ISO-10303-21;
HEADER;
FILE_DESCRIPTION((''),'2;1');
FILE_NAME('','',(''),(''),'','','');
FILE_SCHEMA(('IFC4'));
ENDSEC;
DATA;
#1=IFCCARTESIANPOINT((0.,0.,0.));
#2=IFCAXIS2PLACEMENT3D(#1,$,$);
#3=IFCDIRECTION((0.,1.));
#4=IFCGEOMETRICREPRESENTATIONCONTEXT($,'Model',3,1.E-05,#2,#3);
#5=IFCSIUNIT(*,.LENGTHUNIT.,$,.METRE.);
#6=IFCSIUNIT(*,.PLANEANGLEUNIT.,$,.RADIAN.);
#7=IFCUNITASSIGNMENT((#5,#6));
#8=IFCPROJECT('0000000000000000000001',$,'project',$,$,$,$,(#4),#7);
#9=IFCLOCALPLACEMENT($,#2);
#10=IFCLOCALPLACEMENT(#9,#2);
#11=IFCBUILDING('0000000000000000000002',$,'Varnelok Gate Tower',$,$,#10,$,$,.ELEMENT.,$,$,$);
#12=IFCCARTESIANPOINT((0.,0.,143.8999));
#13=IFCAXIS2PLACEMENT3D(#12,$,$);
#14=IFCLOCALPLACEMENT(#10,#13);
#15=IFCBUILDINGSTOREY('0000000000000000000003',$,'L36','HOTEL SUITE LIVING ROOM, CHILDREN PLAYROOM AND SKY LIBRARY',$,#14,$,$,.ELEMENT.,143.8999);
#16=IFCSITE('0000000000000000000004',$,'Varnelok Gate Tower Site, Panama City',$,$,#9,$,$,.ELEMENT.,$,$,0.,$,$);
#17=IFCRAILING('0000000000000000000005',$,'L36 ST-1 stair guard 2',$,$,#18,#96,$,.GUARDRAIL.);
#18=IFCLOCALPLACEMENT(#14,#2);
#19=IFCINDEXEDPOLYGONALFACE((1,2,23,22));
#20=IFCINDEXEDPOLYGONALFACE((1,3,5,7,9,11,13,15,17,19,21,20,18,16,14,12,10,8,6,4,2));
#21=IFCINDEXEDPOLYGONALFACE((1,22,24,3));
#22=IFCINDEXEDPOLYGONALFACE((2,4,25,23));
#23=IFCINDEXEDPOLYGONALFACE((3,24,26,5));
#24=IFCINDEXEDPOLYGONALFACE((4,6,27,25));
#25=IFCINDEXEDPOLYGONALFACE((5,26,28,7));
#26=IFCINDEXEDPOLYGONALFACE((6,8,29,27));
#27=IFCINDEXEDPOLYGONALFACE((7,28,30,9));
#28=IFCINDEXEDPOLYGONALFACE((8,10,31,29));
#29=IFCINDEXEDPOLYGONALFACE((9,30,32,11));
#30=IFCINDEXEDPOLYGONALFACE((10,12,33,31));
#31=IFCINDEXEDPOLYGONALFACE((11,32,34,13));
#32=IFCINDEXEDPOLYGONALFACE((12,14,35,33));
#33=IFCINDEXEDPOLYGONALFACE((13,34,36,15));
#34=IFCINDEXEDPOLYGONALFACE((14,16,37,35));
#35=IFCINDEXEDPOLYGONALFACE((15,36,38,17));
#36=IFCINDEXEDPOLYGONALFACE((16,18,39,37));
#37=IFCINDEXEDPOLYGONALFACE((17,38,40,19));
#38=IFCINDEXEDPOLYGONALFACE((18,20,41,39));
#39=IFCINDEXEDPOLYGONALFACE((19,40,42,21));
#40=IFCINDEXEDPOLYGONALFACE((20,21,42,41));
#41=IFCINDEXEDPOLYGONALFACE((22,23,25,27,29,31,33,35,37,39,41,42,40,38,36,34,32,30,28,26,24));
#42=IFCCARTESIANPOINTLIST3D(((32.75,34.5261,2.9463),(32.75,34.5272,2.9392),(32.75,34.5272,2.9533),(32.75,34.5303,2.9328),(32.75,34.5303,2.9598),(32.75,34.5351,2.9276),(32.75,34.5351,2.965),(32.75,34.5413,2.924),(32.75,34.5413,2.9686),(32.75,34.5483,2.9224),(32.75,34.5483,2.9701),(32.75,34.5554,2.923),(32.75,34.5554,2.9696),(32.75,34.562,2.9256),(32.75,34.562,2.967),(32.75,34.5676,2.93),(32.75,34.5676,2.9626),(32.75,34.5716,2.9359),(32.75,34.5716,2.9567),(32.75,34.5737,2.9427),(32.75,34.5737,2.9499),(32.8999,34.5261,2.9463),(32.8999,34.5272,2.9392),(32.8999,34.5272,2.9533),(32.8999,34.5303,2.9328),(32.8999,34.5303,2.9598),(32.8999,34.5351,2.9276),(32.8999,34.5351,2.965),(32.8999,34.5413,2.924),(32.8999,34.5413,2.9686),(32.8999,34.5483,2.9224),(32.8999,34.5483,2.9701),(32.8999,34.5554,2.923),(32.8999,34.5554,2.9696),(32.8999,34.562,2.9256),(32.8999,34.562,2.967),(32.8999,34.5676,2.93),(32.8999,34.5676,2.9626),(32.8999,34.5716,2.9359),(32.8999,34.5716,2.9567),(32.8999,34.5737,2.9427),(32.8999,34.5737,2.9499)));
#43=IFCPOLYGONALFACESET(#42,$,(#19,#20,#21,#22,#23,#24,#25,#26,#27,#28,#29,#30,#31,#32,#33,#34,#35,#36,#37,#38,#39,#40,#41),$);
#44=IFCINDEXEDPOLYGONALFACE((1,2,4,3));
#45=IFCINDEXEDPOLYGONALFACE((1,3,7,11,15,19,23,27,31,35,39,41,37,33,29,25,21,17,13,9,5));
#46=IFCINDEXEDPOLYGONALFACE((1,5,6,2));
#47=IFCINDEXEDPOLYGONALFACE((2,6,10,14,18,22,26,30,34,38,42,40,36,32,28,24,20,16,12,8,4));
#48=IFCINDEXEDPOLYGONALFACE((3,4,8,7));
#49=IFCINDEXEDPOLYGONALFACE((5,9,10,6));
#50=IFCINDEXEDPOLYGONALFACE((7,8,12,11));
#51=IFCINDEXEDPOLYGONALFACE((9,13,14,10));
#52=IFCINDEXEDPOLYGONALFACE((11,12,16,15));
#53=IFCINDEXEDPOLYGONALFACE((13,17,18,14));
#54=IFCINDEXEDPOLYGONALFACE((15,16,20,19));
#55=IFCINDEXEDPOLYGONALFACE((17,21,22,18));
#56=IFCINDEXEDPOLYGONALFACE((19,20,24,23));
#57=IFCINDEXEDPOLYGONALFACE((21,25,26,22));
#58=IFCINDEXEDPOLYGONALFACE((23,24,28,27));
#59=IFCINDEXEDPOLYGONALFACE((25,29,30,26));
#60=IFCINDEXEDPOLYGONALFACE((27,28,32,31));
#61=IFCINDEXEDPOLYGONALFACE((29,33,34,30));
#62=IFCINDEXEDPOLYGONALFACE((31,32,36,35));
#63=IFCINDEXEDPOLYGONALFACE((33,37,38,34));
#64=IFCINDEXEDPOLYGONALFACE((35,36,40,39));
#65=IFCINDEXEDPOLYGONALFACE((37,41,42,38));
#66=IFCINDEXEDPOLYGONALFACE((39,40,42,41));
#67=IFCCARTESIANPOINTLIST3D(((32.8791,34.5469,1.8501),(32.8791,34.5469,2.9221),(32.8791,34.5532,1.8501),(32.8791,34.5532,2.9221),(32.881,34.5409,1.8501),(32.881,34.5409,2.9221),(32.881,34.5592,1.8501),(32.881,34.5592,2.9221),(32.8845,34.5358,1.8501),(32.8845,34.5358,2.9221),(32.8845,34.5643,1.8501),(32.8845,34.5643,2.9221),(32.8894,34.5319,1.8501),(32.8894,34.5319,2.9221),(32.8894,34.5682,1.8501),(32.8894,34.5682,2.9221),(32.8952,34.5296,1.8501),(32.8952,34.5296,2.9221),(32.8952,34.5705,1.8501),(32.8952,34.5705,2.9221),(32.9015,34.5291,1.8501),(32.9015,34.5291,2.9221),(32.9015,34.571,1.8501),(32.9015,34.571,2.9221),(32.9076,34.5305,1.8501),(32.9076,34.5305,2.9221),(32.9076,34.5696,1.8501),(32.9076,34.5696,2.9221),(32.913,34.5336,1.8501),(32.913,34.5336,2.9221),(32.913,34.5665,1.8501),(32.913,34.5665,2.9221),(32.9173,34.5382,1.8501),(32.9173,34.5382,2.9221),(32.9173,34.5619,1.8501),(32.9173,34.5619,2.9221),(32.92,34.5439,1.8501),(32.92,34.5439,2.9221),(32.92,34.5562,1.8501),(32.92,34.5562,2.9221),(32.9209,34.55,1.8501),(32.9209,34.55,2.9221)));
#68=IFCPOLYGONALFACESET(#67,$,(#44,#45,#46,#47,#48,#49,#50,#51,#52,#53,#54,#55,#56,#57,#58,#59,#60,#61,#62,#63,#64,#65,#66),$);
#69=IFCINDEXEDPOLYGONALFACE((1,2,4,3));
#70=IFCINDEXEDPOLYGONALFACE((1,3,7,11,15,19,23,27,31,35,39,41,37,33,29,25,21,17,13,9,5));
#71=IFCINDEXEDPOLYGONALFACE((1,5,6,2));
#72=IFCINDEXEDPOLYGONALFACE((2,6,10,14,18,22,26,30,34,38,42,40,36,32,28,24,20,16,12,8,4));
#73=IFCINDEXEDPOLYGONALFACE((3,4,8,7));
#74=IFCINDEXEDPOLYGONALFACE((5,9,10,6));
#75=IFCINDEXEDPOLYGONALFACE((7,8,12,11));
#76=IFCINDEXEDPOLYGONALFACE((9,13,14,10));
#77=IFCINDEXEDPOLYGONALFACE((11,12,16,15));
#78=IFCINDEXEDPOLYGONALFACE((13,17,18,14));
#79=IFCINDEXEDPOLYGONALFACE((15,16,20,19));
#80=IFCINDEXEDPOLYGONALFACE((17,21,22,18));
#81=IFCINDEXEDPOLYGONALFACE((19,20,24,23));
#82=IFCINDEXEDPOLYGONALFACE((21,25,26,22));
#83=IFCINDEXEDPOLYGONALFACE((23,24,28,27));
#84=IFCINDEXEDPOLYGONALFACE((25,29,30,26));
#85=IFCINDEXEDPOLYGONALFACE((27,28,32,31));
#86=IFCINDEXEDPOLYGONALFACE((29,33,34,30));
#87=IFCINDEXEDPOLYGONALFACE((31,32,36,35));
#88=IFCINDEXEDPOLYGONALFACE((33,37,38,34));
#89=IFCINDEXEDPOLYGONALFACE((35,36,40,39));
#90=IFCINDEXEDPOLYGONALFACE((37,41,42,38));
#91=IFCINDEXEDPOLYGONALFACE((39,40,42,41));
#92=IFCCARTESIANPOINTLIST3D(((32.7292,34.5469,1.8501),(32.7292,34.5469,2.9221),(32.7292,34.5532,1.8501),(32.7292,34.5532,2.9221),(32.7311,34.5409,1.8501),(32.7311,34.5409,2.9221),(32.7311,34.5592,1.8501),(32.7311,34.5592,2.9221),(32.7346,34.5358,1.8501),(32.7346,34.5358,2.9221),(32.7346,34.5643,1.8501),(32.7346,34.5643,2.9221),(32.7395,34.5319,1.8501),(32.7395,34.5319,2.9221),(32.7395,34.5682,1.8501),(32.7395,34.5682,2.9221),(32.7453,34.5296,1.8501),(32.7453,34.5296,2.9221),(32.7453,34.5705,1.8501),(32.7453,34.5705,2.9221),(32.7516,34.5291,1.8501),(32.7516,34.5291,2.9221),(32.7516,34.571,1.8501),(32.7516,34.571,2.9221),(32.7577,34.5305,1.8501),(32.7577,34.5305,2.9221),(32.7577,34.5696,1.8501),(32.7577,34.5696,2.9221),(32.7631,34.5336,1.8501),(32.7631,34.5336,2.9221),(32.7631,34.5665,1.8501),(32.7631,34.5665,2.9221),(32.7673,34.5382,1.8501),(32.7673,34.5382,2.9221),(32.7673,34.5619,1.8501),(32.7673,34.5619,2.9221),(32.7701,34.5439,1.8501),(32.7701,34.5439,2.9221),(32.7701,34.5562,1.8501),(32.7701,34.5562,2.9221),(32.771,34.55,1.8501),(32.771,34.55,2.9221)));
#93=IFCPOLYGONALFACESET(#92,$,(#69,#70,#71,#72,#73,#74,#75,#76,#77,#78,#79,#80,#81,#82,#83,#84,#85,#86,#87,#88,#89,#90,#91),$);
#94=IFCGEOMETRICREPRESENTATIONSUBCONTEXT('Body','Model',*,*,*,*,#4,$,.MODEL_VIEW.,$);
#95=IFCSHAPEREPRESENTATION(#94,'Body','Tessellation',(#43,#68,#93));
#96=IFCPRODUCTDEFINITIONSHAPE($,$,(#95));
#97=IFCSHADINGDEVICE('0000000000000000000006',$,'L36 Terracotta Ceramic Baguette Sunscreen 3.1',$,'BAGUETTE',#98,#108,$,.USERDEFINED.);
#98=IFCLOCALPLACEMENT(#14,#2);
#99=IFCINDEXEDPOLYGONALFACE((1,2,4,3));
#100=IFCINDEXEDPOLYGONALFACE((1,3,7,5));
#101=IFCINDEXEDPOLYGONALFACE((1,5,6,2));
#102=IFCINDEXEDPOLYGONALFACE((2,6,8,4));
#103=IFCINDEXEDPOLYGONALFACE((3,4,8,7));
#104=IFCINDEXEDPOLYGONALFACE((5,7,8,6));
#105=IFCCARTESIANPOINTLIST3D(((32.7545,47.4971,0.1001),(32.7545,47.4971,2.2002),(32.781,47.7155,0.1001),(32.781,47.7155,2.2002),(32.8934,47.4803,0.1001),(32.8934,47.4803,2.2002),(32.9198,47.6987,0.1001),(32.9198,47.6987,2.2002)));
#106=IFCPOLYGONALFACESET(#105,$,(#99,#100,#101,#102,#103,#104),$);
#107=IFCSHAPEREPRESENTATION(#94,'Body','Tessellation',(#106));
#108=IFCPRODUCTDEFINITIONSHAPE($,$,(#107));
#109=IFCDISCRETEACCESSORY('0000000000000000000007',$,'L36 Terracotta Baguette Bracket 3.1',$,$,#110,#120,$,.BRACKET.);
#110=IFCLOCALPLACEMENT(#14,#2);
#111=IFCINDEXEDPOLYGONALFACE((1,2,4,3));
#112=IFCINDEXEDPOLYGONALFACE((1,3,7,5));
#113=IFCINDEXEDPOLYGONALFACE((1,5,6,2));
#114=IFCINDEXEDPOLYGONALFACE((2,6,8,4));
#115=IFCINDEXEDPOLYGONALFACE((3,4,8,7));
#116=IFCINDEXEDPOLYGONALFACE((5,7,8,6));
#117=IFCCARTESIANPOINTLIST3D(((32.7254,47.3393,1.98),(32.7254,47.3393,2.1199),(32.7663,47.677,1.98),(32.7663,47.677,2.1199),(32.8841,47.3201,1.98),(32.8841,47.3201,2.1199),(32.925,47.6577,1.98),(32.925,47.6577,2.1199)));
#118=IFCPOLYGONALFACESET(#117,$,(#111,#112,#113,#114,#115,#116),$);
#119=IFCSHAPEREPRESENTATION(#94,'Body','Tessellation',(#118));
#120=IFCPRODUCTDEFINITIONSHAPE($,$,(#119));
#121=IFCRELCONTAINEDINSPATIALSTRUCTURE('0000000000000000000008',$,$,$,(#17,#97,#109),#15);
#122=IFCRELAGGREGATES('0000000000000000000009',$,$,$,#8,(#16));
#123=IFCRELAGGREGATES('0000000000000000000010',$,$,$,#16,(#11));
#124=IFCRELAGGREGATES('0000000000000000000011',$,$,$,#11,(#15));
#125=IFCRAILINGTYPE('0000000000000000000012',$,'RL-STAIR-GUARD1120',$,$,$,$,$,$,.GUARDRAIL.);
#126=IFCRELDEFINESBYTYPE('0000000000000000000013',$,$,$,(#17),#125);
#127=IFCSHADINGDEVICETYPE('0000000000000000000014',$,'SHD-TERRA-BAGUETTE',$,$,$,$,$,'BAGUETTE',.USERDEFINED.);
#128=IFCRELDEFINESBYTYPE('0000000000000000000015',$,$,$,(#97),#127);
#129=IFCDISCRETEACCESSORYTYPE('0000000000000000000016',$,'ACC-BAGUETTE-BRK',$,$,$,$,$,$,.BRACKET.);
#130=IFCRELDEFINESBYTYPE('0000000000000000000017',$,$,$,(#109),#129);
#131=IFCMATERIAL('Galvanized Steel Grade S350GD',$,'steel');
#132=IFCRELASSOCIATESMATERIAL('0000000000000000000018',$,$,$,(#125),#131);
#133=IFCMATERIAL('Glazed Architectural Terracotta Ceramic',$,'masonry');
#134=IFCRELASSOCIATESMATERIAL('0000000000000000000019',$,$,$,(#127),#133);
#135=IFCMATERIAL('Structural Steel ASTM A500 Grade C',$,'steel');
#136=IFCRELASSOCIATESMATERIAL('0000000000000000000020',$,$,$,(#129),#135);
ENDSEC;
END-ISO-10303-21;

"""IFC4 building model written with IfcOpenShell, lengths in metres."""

from ifc_helpers import new_model, si_unit, direction, frame, origin, origin_2d, place, context, subcontext, project, spatial, rectangle, circle, extrude, source, transform, mapped, material, type_object, element, save


model = new_model("IFC4")

# Units and contexts
model_context = context("Model", 3, precision=1e-05, world=origin(), true_north=direction((0.0, 1.0)))
body_context = subcontext(model_context, "Body", "Model", "MODEL_VIEW")
ifc_project = project(units=[si_unit("LENGTHUNIT", "METRE"), si_unit("PLANEANGLEUNIT", "RADIAN")], contexts=[model_context])

# Site, building, storey
site_placement = place(None, origin())
site = spatial("IfcSite", under=ifc_project, at=site_placement, Name="Varnelok Gate Tower Site, Panama City", CompositionType="ELEMENT", RefElevation=0.0)
building_placement = place(site_placement, origin())
building = spatial("IfcBuilding", under=site, at=building_placement, Name="Varnelok Gate Tower", CompositionType="ELEMENT")
storey_placement = place(building_placement, frame((0.0, 0.0, 143.8999)))
storey = spatial("IfcBuildingStorey", under=building, at=storey_placement, Name="L36", Description="HOTEL SUITE LIVING ROOM, CHILDREN PLAYROOM AND SKY LIBRARY", CompositionType="ELEMENT", Elevation=143.8999)

# Railing
ifc_material_1 = material(Name="Galvanized Steel Grade S350GD", Category="steel")
railing_type_1 = type_object("IfcRailingType", Name="RL-STAIR-GUARD1120", PredefinedType="GUARDRAIL", material=ifc_material_1)
railing_1_placement = place(storey_placement, frame((32.8999, 34.55, 1.8501)))
element("IfcRailing", 1, at=railing_1_placement, inside=storey, type_object=railing_type_1, Name="L36 ST-1 stair guard 2", PredefinedType="GUARDRAIL", context=body_context, shape_type="SweptSolid", body=[
    extrude(circle(Radius=0.0239, at=origin_2d()), frame((0.0, 0.0, 1.0962), z_axis=(-1.0, 0.0, 0.0), x_axis=(0.0, -1.0, 0.0)), (0.0, 0.0, 1.0), 0.1499),
    extrude(circle(Radius=0.021, at=origin_2d()), origin(), (0.0, 0.0, 1.0), 1.072),
    extrude(circle(Radius=0.021, at=origin_2d()), frame((-0.1499, 0.0, 0.0)), (0.0, 0.0, 1.0), 1.072),
])

# Shading device
ifc_material_2 = material(Name="Glazed Architectural Terracotta Ceramic", Category="masonry")
shading_device_type = type_object("IfcShadingDeviceType", Name="SHD-TERRA-BAGUETTE", ElementType="BAGUETTE", PredefinedType="USERDEFINED", material=ifc_material_2)
shared_shape_1 = source(origin(), body_context, "Body", "SweptSolid", [
    extrude(rectangle(XDim=0.1399, YDim=0.22, at=origin_2d()), origin(), (0.0, 0.0, 1.0), 2.1001),
])
shading_device_placement = place(storey_placement, frame((32.8372, 47.5979, 0.1001), z_axis=(0.0, 0.0, 1.0), x_axis=(0.992732, -0.120345, 0.0)))
element("IfcShadingDevice", 2, at=shading_device_placement, inside=storey, type_object=shading_device_type, Name="L36 Terracotta Ceramic Baguette Sunscreen 3.1", ObjectType="BAGUETTE", PredefinedType="USERDEFINED", context=body_context, shape_type="MappedRepresentation", body=[
    mapped(shared_shape_1, transform((0.0, 0.0, 0.0), scale=1.0)),
])

# Discrete accessory
ifc_material_3 = material(Name="Structural Steel ASTM A500 Grade C", Category="steel")
discrete_accessory_type = type_object("IfcDiscreteAccessoryType", Name="ACC-BAGUETTE-BRK", PredefinedType="BRACKET", material=ifc_material_3)
shared_shape_2 = source(origin(), body_context, "Body", "SweptSolid", [
    extrude(rectangle(XDim=0.1599, YDim=0.3401, at=origin_2d()), origin(), (0.0, 0.0, 1.0), 0.1399),
])
discrete_accessory_placement = place(storey_placement, frame((32.8252, 47.4985, 1.98), z_axis=(0.0, 0.0, 1.0), x_axis=(0.992732, -0.120345, 0.0)))
element("IfcDiscreteAccessory", 3, at=discrete_accessory_placement, inside=storey, type_object=discrete_accessory_type, Name="L36 Terracotta Baguette Bracket 3.1", PredefinedType="BRACKET", context=body_context, shape_type="MappedRepresentation", body=[
    mapped(shared_shape_2, transform((0.0, 0.0, 0.0), scale=1.0)),
])

save(model, "model.ifc")
